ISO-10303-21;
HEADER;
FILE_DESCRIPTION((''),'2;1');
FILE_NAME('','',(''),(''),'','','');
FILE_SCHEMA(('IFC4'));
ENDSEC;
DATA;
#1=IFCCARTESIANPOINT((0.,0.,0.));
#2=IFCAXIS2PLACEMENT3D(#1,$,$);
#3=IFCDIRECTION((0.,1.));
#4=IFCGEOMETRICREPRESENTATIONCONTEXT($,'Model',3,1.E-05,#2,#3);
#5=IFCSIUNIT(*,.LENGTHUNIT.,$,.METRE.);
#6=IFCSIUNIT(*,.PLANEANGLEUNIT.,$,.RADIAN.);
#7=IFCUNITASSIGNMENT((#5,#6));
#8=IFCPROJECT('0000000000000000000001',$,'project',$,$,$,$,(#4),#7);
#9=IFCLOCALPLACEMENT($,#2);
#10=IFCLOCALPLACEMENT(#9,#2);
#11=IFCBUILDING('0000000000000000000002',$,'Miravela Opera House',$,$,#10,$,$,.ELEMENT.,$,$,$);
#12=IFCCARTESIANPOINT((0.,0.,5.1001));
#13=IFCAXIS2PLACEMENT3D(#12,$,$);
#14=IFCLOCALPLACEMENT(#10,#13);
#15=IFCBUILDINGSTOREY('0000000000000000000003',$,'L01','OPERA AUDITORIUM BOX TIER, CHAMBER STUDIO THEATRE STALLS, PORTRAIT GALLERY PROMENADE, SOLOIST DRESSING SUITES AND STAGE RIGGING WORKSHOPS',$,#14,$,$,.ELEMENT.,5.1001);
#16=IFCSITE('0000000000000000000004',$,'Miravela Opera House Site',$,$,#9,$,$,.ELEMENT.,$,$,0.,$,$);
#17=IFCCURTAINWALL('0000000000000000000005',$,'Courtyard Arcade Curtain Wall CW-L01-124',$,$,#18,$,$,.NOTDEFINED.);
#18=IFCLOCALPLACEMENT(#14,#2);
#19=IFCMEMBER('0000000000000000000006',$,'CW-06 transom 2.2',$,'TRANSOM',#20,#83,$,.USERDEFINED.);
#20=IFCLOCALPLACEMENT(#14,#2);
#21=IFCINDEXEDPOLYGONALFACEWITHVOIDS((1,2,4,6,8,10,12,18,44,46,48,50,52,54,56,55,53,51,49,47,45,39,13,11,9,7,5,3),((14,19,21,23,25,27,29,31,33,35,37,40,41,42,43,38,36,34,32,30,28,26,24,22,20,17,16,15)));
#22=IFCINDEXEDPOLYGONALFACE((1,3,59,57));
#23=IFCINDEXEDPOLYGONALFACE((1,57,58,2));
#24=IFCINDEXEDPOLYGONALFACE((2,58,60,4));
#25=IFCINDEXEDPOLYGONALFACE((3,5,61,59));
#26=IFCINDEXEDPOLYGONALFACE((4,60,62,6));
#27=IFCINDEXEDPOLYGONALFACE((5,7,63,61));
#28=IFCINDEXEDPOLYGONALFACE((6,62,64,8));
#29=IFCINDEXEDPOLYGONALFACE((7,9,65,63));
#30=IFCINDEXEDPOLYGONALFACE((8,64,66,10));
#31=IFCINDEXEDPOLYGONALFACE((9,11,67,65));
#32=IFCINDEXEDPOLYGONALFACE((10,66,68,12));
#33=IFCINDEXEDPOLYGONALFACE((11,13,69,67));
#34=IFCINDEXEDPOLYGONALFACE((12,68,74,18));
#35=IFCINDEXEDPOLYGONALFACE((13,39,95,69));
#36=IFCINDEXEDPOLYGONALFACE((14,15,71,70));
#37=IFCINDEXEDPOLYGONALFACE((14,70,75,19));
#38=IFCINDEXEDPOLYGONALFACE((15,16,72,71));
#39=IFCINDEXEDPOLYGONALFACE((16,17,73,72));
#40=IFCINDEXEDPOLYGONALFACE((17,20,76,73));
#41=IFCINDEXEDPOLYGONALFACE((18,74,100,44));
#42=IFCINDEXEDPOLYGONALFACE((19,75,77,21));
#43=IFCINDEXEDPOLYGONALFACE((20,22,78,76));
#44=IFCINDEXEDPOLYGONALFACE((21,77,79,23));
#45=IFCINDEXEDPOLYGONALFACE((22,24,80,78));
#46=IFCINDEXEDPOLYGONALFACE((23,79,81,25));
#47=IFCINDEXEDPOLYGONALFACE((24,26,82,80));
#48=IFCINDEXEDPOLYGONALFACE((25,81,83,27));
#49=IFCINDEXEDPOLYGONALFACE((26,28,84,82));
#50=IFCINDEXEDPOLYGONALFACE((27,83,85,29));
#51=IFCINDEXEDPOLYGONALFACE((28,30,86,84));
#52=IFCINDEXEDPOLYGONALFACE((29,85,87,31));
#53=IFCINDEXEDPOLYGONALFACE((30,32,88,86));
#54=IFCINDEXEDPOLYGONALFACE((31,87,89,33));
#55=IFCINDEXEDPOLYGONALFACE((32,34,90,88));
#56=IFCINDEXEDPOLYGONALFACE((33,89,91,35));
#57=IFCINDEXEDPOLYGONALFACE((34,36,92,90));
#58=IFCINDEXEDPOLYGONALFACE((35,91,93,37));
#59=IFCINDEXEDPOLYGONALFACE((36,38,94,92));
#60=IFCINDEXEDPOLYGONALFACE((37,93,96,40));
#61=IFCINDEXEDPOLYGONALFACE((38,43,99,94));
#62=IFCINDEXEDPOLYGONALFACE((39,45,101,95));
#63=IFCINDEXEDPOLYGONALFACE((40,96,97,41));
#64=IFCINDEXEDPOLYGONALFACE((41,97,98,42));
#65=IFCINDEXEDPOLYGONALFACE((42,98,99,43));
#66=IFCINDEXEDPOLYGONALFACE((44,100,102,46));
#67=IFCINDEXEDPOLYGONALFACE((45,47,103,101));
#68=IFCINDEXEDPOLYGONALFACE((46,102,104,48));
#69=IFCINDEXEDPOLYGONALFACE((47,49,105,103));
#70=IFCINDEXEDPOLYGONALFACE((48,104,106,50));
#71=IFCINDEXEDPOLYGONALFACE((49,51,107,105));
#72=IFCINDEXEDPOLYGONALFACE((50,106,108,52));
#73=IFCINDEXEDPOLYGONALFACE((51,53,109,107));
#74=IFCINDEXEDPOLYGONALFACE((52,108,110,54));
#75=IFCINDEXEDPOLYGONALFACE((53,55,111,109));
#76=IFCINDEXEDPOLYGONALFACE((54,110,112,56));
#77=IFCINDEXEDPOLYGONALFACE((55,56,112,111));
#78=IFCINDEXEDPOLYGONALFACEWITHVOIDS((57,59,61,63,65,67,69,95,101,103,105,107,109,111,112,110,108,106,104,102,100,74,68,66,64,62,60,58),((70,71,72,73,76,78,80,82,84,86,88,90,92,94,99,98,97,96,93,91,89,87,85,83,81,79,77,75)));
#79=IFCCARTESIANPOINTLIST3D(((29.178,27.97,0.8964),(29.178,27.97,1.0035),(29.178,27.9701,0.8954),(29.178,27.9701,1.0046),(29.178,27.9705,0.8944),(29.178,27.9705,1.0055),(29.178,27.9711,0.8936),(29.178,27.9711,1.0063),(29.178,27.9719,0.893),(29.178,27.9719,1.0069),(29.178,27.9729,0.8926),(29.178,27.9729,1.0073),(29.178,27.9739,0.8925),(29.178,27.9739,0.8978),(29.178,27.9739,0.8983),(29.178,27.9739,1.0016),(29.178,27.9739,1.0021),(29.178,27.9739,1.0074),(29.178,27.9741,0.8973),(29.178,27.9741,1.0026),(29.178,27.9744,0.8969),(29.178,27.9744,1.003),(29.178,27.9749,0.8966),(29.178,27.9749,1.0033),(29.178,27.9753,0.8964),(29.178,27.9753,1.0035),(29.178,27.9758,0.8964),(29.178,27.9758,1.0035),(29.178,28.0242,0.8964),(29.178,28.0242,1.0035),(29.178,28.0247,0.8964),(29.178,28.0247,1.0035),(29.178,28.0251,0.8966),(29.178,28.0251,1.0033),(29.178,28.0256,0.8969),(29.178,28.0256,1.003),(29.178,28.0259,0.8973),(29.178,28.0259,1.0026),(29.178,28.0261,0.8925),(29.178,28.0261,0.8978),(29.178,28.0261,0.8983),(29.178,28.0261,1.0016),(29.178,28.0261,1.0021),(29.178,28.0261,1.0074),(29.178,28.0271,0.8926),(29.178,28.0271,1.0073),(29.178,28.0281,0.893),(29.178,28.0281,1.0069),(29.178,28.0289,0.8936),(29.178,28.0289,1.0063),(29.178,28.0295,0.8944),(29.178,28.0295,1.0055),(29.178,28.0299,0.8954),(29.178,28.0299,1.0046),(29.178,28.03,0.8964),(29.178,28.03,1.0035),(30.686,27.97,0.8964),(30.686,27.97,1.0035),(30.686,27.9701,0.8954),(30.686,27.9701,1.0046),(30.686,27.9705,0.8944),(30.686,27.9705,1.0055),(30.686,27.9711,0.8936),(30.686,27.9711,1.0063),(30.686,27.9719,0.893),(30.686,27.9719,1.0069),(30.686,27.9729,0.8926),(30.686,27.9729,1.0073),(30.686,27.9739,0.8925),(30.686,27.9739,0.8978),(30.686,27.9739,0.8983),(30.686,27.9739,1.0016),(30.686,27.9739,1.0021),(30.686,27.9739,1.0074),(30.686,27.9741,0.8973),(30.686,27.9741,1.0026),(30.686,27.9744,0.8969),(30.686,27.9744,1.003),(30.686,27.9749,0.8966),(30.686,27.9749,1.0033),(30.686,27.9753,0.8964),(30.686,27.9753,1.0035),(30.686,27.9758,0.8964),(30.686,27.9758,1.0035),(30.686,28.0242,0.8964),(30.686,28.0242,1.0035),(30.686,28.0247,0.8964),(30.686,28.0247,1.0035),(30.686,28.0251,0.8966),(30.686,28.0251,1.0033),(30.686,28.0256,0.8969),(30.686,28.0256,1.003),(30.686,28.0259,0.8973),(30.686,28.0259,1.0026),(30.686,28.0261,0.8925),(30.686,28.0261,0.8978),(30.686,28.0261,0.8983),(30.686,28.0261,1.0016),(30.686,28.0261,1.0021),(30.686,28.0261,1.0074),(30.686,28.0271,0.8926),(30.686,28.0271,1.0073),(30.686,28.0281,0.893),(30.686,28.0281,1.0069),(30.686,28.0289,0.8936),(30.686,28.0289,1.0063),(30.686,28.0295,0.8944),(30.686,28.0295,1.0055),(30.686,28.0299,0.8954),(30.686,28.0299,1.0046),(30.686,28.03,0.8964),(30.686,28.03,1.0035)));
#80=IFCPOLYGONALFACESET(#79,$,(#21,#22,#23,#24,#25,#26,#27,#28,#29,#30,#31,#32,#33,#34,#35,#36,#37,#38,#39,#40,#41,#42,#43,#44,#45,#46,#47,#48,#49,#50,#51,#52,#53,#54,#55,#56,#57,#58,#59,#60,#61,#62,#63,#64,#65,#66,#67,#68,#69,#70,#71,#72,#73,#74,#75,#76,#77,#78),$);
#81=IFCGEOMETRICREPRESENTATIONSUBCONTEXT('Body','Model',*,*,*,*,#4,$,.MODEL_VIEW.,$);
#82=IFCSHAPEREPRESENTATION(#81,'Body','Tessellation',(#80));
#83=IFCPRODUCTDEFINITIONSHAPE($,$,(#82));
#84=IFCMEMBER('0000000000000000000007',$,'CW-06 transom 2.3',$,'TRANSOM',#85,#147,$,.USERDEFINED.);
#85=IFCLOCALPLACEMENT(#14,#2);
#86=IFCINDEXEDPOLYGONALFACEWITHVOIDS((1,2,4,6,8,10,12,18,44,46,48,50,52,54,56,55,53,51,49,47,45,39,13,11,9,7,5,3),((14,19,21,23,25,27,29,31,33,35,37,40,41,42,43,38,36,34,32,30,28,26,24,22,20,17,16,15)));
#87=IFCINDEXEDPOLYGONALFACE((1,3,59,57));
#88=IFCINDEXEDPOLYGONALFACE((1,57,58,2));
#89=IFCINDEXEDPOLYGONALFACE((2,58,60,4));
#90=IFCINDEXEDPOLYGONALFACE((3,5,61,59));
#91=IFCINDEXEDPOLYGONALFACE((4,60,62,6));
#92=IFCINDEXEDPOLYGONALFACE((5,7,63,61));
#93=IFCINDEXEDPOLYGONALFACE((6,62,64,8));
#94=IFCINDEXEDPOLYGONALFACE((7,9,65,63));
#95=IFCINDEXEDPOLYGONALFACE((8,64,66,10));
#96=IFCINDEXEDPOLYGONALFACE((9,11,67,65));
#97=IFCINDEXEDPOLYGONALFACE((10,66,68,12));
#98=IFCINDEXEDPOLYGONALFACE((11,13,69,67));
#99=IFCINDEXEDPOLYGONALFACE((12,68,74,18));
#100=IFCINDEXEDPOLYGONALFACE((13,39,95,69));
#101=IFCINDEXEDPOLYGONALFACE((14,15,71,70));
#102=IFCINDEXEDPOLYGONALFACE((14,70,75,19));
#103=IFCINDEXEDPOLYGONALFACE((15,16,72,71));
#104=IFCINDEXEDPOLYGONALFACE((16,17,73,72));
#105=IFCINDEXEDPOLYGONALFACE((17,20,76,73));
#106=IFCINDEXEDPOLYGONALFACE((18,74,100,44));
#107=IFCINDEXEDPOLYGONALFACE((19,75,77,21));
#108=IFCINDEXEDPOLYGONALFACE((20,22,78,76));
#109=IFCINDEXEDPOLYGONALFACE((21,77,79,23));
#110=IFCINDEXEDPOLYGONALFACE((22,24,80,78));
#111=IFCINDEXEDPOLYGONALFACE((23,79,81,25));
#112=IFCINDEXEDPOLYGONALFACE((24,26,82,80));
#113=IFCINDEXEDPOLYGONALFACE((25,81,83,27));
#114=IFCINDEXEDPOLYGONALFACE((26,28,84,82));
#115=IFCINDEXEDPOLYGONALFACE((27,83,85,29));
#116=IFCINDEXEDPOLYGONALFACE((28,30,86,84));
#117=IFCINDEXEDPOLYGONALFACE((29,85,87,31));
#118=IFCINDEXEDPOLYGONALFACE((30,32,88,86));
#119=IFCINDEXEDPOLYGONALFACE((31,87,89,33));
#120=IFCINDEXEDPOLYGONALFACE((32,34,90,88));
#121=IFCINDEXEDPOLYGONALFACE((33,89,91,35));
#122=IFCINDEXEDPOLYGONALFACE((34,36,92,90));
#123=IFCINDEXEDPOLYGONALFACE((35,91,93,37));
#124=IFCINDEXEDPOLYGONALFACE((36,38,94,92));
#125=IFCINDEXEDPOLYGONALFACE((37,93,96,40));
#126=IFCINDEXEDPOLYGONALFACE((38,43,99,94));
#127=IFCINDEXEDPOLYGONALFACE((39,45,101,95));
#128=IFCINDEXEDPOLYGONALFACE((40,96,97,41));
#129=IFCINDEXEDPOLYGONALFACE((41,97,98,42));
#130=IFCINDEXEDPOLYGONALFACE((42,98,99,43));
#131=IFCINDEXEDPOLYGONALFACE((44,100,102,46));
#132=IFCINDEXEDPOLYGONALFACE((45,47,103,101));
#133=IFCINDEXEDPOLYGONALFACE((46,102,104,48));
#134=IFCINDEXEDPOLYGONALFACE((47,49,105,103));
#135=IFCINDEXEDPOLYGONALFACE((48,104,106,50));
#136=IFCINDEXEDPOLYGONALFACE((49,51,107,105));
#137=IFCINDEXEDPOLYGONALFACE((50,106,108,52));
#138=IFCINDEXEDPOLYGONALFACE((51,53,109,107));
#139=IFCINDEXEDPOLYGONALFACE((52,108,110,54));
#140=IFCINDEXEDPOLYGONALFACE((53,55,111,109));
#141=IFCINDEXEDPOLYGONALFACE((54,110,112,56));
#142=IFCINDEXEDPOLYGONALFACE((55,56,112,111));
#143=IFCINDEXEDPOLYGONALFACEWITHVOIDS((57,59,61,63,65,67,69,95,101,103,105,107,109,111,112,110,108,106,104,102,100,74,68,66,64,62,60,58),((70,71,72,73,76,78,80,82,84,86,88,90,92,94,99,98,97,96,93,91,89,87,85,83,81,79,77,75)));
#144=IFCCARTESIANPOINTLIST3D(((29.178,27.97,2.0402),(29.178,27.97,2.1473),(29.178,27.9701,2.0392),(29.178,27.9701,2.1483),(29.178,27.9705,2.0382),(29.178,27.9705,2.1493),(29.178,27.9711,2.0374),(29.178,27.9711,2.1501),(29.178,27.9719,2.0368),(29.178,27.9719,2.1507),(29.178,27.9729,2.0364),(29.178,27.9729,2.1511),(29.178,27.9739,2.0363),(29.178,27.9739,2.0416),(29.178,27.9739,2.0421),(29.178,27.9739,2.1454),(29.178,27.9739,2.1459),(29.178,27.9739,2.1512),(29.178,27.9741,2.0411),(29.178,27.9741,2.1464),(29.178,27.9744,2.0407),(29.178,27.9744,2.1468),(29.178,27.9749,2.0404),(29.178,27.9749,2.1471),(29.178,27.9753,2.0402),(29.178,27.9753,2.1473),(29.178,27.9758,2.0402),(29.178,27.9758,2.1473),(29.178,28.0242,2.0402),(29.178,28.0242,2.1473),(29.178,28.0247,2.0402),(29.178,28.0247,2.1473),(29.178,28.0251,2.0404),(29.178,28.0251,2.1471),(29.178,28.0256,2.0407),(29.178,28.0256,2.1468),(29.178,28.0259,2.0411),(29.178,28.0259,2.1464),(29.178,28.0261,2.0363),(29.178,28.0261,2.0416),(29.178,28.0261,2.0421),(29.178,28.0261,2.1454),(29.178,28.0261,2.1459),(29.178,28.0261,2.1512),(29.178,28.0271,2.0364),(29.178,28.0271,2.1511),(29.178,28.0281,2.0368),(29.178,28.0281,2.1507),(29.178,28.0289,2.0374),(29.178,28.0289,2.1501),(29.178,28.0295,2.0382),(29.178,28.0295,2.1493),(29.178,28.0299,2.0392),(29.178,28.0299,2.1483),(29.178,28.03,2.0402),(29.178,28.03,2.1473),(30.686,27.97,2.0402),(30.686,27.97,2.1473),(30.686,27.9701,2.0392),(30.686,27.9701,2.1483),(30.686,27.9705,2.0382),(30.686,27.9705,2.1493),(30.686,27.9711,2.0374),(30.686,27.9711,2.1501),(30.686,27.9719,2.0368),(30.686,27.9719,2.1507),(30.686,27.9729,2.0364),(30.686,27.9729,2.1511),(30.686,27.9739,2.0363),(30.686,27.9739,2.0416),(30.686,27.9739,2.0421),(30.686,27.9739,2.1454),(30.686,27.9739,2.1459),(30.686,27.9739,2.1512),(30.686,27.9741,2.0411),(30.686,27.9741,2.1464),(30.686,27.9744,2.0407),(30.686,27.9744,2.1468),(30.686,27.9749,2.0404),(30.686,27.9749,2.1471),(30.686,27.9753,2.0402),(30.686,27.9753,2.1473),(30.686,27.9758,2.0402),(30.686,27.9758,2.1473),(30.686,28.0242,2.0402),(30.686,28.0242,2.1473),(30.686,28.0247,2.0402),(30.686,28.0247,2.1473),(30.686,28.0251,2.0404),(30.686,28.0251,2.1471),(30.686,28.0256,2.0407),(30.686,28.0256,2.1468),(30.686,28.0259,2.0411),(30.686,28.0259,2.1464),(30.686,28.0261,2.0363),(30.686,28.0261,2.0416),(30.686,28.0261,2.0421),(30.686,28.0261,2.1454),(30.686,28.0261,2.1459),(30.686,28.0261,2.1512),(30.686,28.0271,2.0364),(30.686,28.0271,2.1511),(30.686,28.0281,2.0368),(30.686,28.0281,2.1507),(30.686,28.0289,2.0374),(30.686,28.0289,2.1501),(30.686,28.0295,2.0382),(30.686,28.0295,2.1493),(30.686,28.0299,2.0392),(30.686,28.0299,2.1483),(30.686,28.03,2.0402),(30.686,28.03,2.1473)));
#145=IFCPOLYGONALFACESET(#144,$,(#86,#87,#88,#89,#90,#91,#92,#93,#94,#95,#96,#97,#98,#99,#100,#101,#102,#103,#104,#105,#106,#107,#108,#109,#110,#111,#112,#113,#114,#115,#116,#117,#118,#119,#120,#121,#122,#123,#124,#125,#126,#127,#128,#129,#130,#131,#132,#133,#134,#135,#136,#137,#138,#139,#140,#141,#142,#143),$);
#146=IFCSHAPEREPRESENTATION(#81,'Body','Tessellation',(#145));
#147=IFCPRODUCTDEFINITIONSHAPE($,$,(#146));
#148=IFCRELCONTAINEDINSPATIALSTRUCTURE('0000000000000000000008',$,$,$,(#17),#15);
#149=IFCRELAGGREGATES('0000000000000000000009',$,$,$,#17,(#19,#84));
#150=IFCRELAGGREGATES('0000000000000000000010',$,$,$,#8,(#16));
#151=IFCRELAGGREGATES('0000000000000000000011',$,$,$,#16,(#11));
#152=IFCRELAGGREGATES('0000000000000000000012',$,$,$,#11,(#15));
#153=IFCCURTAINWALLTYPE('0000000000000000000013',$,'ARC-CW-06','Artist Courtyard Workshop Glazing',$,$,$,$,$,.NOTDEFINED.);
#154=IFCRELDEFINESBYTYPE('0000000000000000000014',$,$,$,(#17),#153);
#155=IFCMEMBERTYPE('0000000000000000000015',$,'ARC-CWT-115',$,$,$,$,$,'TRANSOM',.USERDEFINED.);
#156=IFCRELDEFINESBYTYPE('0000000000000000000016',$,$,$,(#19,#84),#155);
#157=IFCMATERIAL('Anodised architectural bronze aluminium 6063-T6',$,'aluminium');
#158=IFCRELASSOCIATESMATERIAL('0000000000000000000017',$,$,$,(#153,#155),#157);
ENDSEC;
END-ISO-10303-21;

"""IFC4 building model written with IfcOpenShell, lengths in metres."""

from ifc_helpers import new_model, si_unit, direction, frame, origin, origin_2d, place, context, subcontext, project, spatial, hollow_rectangle, extrude, material, material_profile, profile_set, type_object, element, aggregate, save


model = new_model("IFC4")

# Units and contexts
model_context = context("Model", 3, precision=1e-05, world=origin(), true_north=direction((0.0, 1.0)))
body_context = subcontext(model_context, "Body", "Model", "MODEL_VIEW")
ifc_project = project(units=[si_unit("LENGTHUNIT", "METRE"), si_unit("PLANEANGLEUNIT", "RADIAN")], contexts=[model_context])

# Site, building, storey
site_placement = place(None, origin())
site = spatial("IfcSite", under=ifc_project, at=site_placement, Name="Miravela Opera House Site", CompositionType="ELEMENT", RefElevation=0.0)
building_placement = place(site_placement, origin())
building = spatial("IfcBuilding", under=site, at=building_placement, Name="Miravela Opera House", CompositionType="ELEMENT")
storey_placement = place(building_placement, frame((0.0, 0.0, 5.1001)))
storey = spatial("IfcBuildingStorey", under=building, at=storey_placement, Name="L01", Description="OPERA AUDITORIUM BOX TIER, CHAMBER STUDIO THEATRE STALLS, PORTRAIT GALLERY PROMENADE, SOLOIST DRESSING SUITES AND STAGE RIGGING WORKSHOPS", CompositionType="ELEMENT", Elevation=5.1001)

# Curtain wall
ifc_material_1 = material(Name="Anodised architectural bronze aluminium 6063-T6", Category="aluminium")
curtain_wall_type = type_object("IfcCurtainWallType", Name="ARC-CW-06", Description="Artist Courtyard Workshop Glazing", PredefinedType="NOTDEFINED", material=ifc_material_1)
curtain_wall_1_placement = place(storey_placement, origin())
curtain_wall_1 = element("IfcCurtainWall", 1, at=curtain_wall_1_placement, inside=storey, type_object=curtain_wall_type, Name="Courtyard Arcade Curtain Wall CW-L01-124", PredefinedType="NOTDEFINED")

# Members
ifc_material_profile_1 = material_profile(ifc_material_1, hollow_rectangle(XDim=0.0601, YDim=0.115, WallThickness=0.0039, InnerFilletRadius=0.002, OuterFilletRadius=0.0039, at=origin_2d()), Name="CWT-60X115")
ifc_profile_set_1 = profile_set([ifc_material_profile_1])
member_type_1 = type_object("IfcMemberType", Name="ARC-CWT-115", ElementType="TRANSOM", PredefinedType="USERDEFINED", material=ifc_profile_set_1)
member_1_placement = place(storey_placement, frame((29.178, 28.0, 0.95), z_axis=(1.0, 0.0, 0.0), x_axis=(0.0, 1.0, 0.0)))
member_1 = element("IfcMember", 2, at=member_1_placement, type_object=member_type_1, Name="CW-06 transom 2.2", ObjectType="TRANSOM", PredefinedType="USERDEFINED", context=body_context, shape_type="SweptSolid", body=[
    extrude(hollow_rectangle(XDim=0.0601, YDim=0.115, WallThickness=0.0039, InnerFilletRadius=0.002, OuterFilletRadius=0.0039, at=origin_2d()), origin(), (0.0, 0.0, 1.0), 1.5081),
])
member_2_placement = place(storey_placement, frame((29.178, 28.0, 2.0938), z_axis=(1.0, 0.0, 0.0), x_axis=(0.0, 1.0, 0.0)))
member_2 = element("IfcMember", 3, at=member_2_placement, type_object=member_type_1, Name="CW-06 transom 2.3", ObjectType="TRANSOM", PredefinedType="USERDEFINED", context=body_context, shape_type="SweptSolid", body=[
    extrude(hollow_rectangle(XDim=0.0601, YDim=0.115, WallThickness=0.0039, InnerFilletRadius=0.002, OuterFilletRadius=0.0039, at=origin_2d()), origin(), (0.0, 0.0, 1.0), 1.5081),
])

aggregate(curtain_wall_1, [member_1, member_2])

save(model, "model.ifc")
